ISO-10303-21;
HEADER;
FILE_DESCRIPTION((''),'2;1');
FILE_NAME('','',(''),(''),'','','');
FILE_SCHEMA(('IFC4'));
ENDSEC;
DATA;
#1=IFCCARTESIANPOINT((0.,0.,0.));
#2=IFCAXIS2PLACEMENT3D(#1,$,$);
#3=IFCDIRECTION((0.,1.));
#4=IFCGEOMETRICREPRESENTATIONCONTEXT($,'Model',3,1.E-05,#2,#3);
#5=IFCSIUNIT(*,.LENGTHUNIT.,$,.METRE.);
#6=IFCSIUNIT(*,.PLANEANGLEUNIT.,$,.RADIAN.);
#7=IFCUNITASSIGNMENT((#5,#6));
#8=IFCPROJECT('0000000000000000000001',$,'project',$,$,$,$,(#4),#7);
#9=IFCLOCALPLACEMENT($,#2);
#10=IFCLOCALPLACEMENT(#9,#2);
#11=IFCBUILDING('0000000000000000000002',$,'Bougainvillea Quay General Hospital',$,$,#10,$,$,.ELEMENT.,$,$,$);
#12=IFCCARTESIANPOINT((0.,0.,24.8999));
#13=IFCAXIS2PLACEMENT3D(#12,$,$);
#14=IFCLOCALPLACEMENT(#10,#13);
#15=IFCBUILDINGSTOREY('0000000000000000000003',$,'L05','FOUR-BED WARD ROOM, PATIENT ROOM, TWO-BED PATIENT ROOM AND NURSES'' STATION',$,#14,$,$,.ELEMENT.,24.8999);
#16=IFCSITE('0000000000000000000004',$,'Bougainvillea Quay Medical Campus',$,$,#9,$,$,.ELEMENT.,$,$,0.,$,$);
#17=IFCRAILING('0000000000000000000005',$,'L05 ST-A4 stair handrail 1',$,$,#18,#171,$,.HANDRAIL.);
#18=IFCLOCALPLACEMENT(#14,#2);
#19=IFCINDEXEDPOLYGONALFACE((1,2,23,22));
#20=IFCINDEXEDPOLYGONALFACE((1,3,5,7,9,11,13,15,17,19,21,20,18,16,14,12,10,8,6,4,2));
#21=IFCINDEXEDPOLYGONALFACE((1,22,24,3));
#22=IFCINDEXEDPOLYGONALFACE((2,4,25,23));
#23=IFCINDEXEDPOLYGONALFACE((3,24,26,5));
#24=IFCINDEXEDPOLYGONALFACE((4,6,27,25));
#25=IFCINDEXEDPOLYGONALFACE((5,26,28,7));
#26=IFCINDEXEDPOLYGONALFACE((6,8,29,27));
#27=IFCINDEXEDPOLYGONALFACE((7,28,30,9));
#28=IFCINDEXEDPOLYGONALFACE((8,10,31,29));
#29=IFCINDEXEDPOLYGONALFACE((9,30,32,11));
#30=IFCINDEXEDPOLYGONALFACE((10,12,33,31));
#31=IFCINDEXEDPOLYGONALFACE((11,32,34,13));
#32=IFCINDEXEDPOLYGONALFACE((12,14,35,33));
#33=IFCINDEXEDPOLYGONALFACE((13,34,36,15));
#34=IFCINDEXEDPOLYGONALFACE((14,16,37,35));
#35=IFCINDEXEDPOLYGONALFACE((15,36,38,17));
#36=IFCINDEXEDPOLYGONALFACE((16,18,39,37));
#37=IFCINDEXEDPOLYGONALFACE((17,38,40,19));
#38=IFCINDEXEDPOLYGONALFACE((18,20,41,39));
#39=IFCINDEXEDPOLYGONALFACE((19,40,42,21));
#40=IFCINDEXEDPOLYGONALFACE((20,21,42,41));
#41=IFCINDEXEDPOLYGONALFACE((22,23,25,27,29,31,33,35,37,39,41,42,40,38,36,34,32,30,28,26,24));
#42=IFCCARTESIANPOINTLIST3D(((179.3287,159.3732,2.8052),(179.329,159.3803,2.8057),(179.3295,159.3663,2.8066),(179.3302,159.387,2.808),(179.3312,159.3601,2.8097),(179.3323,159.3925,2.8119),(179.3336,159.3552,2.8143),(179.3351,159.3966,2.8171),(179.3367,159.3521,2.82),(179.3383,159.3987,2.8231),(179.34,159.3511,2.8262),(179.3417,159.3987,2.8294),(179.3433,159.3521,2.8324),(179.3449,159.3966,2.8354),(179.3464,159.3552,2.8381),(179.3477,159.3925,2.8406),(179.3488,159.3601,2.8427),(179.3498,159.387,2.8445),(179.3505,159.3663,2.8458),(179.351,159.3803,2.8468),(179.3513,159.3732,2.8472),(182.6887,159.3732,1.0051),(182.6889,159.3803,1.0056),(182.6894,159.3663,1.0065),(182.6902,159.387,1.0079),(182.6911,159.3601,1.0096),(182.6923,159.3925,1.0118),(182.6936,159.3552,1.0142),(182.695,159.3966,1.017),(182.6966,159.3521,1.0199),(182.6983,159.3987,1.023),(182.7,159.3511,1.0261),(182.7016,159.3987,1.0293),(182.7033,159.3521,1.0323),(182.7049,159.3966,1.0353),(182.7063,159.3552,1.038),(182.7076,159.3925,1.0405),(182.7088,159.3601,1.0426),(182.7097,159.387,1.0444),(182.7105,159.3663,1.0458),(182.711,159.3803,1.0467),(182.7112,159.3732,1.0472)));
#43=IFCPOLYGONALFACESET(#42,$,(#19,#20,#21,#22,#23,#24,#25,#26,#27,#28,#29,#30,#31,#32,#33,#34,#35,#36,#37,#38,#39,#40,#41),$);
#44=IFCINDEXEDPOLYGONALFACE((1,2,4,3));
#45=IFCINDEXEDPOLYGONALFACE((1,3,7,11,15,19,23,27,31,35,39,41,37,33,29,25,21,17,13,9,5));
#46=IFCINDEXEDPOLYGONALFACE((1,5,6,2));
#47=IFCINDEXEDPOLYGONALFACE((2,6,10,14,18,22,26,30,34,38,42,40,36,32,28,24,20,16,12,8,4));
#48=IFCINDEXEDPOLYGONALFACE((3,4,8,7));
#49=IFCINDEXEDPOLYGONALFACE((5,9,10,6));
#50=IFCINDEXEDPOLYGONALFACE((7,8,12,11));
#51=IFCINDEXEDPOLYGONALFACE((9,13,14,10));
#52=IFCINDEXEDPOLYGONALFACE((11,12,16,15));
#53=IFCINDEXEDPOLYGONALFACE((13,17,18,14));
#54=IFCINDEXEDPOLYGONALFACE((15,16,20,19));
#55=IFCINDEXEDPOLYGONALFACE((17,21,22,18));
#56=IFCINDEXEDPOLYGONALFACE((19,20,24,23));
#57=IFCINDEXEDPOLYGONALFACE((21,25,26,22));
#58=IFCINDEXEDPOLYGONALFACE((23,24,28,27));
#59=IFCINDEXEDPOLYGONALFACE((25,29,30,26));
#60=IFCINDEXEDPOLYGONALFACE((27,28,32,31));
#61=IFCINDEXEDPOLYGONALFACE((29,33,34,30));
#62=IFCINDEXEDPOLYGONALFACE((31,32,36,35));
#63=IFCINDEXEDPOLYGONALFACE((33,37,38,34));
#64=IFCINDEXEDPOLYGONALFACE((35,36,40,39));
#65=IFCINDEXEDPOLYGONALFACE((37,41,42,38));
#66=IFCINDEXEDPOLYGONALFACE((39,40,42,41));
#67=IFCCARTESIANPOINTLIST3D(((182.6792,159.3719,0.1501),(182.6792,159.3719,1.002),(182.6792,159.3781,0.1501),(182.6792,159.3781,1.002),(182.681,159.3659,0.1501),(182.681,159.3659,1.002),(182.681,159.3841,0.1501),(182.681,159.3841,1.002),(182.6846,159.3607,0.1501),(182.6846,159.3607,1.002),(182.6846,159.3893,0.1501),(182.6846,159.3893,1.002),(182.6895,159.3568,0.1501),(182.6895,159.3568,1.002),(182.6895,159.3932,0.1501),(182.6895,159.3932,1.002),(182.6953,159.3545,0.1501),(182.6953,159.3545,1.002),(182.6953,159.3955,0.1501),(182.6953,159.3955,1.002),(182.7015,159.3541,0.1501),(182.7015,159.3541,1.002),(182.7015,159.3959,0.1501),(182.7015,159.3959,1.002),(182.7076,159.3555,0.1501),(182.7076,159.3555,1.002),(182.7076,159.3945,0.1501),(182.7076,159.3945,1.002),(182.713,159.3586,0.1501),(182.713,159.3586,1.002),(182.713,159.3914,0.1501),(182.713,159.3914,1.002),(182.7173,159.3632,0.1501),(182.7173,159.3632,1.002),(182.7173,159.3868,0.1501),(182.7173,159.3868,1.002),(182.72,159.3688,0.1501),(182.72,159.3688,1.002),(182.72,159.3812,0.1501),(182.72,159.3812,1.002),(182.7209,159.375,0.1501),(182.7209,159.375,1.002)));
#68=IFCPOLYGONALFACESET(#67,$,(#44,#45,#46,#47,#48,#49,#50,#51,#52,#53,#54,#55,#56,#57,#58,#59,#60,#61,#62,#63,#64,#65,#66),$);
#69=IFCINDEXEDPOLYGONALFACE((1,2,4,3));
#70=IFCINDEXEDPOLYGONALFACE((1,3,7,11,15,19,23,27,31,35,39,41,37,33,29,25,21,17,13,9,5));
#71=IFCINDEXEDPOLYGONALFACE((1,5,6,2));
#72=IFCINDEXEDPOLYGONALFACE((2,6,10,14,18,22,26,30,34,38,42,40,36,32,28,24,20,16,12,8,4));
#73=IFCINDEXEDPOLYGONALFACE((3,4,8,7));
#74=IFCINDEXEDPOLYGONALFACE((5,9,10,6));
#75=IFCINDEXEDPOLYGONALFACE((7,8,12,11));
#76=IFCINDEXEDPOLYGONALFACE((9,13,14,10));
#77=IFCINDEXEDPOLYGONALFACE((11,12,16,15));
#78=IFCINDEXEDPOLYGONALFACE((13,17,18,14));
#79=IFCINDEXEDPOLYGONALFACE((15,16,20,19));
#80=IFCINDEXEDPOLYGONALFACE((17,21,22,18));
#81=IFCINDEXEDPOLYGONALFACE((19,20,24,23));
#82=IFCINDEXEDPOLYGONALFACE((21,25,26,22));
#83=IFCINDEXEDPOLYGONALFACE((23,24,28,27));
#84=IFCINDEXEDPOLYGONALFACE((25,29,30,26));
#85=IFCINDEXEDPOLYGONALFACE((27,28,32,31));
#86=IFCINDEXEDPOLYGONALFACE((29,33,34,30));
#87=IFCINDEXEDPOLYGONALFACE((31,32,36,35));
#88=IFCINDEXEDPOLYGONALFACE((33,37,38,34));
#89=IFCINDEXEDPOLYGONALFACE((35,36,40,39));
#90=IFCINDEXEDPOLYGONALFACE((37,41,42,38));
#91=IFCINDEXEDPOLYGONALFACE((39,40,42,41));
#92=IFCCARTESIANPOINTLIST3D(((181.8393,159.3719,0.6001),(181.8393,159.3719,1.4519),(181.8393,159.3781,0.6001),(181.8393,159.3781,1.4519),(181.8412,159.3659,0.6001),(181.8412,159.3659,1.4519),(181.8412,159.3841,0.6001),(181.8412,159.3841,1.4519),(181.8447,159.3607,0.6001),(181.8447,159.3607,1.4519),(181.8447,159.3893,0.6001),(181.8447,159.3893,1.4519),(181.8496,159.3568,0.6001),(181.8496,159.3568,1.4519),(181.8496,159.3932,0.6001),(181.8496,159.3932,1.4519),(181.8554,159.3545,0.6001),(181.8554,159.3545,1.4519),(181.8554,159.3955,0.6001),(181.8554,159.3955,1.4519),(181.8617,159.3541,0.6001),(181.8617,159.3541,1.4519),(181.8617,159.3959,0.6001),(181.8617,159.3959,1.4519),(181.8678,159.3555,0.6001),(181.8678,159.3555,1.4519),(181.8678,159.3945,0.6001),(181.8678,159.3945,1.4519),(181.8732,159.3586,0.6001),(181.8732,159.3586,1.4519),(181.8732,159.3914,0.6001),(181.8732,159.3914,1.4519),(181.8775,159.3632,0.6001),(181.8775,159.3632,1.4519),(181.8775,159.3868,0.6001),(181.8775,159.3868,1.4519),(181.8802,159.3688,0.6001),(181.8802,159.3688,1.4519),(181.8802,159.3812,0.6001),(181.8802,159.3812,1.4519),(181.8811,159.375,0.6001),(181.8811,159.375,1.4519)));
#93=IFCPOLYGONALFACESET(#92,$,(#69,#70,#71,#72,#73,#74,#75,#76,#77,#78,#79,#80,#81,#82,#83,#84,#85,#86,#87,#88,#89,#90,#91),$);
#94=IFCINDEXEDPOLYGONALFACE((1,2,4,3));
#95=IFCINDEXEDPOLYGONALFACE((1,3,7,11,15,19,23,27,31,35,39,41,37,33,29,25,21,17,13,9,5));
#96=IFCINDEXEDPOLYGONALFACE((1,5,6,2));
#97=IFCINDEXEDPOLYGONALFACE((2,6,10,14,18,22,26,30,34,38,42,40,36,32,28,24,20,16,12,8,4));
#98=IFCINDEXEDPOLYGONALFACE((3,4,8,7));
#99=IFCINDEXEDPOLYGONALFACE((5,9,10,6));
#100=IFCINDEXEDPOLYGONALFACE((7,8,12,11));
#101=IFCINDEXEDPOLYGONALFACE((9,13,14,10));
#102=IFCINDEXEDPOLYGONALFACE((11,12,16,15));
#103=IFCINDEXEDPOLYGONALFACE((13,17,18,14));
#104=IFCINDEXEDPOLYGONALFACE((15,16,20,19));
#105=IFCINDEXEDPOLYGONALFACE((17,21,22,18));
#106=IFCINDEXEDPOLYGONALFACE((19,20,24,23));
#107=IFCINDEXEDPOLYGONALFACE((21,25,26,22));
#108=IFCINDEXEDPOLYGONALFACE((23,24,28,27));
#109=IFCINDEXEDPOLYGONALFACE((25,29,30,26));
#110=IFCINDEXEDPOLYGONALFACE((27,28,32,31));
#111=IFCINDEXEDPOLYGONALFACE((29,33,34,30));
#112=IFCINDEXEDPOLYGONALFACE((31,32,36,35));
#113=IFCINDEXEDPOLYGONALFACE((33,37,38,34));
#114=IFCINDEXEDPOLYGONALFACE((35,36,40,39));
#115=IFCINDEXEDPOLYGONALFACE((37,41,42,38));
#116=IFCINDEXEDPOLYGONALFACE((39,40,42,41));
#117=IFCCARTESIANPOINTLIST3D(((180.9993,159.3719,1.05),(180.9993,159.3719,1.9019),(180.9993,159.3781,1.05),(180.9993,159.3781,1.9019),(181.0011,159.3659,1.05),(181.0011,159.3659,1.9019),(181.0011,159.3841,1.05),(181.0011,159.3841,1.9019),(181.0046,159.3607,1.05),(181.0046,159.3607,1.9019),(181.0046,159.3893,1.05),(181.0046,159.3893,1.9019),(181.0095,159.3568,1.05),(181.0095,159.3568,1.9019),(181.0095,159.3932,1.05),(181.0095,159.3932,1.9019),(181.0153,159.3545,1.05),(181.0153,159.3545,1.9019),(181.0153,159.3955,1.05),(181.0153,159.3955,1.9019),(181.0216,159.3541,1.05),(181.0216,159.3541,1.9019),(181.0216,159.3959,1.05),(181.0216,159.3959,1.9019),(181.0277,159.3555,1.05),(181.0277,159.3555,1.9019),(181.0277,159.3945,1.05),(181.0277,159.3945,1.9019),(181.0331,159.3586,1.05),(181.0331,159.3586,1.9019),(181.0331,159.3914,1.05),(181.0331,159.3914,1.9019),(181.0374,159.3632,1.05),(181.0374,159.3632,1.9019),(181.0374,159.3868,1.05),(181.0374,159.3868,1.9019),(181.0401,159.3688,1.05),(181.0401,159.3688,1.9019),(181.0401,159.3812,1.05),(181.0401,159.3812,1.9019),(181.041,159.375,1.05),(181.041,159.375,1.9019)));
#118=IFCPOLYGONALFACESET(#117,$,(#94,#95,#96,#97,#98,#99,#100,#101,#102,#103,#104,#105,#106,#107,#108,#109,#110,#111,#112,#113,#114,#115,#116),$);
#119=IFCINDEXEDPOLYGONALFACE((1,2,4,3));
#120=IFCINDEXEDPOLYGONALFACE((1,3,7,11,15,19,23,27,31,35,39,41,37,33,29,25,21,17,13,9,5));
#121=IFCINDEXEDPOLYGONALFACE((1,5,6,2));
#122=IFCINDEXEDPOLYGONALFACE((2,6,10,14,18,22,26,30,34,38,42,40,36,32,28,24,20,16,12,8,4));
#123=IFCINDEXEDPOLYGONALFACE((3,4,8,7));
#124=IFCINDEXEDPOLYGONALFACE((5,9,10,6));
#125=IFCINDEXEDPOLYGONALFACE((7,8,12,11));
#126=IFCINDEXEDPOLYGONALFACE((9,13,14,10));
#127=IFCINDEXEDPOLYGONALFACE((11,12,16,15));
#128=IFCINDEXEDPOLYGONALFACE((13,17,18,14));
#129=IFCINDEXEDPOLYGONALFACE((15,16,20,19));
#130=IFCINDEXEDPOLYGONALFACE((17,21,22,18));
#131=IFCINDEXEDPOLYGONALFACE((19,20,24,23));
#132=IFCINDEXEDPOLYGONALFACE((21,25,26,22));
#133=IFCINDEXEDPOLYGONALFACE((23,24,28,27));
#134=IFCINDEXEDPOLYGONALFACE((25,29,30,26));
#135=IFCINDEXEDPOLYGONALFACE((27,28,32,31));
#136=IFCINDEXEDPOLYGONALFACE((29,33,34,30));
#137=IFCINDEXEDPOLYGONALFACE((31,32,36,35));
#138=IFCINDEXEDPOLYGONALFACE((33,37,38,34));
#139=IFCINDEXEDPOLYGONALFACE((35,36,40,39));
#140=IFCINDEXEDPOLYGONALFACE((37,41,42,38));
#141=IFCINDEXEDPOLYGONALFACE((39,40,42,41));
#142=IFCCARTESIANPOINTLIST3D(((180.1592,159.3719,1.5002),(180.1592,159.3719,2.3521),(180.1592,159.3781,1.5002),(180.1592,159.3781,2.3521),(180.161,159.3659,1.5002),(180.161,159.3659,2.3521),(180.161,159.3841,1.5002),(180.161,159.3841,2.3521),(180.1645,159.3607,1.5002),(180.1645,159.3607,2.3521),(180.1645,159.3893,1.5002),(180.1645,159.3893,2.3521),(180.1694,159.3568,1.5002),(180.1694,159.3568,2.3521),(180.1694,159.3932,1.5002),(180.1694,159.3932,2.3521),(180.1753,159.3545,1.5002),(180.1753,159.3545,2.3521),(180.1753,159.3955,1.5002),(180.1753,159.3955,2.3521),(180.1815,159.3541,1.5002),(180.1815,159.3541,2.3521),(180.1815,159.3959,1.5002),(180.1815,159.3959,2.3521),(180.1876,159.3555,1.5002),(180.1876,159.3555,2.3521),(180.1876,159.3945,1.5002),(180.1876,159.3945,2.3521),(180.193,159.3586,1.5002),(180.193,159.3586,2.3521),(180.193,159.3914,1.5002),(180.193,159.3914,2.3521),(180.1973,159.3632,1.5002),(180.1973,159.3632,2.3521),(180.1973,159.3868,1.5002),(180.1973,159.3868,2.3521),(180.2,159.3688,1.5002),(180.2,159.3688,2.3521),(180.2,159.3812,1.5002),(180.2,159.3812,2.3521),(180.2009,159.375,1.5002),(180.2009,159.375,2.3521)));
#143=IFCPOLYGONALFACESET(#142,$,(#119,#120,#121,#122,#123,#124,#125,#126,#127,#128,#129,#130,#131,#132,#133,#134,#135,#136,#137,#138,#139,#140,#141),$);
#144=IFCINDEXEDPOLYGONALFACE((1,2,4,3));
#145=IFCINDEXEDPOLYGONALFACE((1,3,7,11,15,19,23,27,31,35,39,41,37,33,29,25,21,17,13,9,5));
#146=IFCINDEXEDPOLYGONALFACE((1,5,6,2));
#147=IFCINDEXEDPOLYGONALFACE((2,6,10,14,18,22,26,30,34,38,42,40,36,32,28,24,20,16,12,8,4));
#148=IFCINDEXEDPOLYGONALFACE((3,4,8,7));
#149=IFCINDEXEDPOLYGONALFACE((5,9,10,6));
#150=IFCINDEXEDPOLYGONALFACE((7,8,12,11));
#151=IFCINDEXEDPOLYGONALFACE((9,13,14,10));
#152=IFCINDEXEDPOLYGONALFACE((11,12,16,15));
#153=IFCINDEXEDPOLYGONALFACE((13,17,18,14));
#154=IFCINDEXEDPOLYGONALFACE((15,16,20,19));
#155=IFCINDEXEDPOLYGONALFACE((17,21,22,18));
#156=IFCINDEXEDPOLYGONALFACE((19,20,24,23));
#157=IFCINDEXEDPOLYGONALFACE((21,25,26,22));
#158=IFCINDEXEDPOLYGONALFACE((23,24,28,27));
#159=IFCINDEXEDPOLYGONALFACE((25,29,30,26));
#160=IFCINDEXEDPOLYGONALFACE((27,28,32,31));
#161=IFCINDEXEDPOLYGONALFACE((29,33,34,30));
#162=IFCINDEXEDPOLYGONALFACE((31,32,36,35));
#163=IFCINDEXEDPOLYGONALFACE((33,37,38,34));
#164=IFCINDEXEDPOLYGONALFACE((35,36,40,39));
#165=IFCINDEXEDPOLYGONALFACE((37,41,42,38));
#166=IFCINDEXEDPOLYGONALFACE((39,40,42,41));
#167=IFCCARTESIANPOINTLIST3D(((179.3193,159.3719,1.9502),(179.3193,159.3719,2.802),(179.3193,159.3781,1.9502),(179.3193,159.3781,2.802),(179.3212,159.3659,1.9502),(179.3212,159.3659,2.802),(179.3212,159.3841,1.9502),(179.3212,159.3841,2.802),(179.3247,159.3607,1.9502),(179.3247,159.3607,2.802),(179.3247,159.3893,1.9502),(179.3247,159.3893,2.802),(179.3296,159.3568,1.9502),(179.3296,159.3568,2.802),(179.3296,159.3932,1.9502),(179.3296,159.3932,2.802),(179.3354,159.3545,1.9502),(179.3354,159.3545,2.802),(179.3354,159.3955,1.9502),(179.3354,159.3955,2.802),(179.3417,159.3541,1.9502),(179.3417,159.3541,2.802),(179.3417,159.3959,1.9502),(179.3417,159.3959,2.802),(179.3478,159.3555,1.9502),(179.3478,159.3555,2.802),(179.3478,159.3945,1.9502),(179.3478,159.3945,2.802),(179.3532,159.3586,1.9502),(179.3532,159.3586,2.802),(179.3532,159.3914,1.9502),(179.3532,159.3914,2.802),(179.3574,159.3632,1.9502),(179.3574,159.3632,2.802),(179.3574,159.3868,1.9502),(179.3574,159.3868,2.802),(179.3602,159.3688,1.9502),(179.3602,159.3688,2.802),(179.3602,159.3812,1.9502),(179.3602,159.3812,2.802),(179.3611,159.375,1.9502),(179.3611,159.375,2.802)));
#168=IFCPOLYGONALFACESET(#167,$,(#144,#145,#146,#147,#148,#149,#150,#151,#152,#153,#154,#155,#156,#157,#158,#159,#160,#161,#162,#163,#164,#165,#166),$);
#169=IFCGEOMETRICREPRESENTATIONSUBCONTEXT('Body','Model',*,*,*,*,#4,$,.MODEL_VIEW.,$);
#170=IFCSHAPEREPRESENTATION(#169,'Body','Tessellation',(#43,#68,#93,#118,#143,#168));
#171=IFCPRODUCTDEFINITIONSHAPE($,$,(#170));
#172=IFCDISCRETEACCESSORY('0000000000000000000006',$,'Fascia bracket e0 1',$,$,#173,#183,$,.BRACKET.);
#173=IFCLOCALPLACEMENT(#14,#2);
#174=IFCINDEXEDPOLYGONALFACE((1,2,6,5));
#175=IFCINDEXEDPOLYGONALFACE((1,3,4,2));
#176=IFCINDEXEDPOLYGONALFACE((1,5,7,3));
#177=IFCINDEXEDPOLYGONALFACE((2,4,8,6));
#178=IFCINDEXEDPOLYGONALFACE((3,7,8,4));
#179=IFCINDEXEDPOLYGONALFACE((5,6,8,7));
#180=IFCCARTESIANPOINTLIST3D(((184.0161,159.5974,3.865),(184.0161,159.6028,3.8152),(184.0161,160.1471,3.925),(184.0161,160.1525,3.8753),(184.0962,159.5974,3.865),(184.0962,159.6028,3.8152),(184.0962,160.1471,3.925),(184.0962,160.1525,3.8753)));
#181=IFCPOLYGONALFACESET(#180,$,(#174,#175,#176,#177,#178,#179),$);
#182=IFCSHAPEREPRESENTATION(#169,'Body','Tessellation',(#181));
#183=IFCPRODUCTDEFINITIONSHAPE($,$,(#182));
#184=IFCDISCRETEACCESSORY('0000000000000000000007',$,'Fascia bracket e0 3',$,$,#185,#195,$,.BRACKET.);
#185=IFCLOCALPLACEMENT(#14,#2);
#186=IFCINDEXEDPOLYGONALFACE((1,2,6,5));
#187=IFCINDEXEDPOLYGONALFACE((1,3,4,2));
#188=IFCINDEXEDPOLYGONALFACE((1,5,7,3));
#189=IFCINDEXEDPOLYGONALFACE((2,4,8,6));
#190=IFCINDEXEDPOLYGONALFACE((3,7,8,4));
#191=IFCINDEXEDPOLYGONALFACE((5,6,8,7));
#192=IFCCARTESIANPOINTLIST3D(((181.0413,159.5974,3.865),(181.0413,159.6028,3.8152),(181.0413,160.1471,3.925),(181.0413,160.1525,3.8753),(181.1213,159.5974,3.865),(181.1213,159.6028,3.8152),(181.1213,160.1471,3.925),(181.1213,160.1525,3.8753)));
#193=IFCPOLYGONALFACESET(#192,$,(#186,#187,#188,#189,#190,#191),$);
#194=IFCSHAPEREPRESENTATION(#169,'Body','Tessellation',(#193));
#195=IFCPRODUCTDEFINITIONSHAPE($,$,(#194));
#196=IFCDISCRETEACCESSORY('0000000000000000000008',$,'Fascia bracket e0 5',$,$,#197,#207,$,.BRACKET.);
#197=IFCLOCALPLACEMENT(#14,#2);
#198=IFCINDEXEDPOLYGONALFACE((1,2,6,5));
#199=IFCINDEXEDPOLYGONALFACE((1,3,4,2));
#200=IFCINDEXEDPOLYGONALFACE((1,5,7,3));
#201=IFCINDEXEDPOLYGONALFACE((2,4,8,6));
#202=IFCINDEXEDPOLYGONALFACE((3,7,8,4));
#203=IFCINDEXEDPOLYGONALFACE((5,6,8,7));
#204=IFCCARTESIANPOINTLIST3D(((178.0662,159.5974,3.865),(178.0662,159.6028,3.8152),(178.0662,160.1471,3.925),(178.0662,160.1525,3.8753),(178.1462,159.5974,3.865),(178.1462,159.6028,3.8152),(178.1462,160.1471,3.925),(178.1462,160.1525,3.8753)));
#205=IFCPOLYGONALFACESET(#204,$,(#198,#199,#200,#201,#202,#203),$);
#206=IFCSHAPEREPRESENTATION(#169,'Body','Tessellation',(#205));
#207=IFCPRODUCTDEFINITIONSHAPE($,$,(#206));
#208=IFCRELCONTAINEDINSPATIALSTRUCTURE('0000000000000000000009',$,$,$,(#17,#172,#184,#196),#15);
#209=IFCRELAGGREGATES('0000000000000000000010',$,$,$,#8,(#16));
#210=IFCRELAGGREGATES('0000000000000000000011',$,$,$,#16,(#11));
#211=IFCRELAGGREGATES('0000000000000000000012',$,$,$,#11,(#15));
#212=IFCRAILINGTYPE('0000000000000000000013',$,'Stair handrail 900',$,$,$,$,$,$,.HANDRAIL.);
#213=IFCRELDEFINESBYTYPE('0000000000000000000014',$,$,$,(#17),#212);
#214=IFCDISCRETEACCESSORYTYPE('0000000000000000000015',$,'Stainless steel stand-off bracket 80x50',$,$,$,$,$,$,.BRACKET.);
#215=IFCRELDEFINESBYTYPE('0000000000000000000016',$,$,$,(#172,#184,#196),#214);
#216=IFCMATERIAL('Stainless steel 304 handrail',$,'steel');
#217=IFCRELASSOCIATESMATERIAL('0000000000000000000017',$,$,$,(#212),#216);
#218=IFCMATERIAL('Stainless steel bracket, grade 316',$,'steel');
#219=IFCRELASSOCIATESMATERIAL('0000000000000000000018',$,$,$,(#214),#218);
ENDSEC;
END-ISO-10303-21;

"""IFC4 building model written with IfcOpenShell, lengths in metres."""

from ifc_helpers import new_model, si_unit, direction, frame, origin, origin_2d, place, context, subcontext, project, spatial, rectangle, circle, extrude, material, material_profile, profile_set, type_object, element, save


model = new_model("IFC4")

# Units and contexts
model_context = context("Model", 3, precision=1e-05, world=origin(), true_north=direction((0.0, 1.0)))
body_context = subcontext(model_context, "Body", "Model", "MODEL_VIEW")
ifc_project = project(units=[si_unit("LENGTHUNIT", "METRE"), si_unit("PLANEANGLEUNIT", "RADIAN")], contexts=[model_context])

# Site, building, storey
site_placement = place(None, origin())
site = spatial("IfcSite", under=ifc_project, at=site_placement, Name="Bougainvillea Quay Medical Campus", CompositionType="ELEMENT", RefElevation=0.0)
building_placement = place(site_placement, origin())
building = spatial("IfcBuilding", under=site, at=building_placement, Name="Bougainvillea Quay General Hospital", CompositionType="ELEMENT")
storey_placement = place(building_placement, frame((0.0, 0.0, 24.8999)))
storey = spatial("IfcBuildingStorey", under=building, at=storey_placement, Name="L05", Description="FOUR-BED WARD ROOM, PATIENT ROOM, TWO-BED PATIENT ROOM AND NURSES' STATION", CompositionType="ELEMENT", Elevation=24.8999)

# Railing
ifc_material_1 = material(Name="Stainless steel 304 handrail", Category="steel")
railing_type_1 = type_object("IfcRailingType", Name="Stair handrail 900", PredefinedType="HANDRAIL", material=ifc_material_1)
railing_1_placement = place(storey_placement, frame((182.7, 159.375, 0.1501)))
element("IfcRailing", 1, at=railing_1_placement, inside=storey, type_object=railing_type_1, Name="L05 ST-A4 stair handrail 1", PredefinedType="HANDRAIL", context=body_context, shape_type="SweptSolid", body=[
    extrude(circle(Radius=0.0239, at=origin_2d()), frame((0.0, 0.0, 0.876), z_axis=(-0.881467, 0.0, 0.472246), x_axis=(0.0, -1.0, 0.0)), (0.0, 0.0, 1.0), 3.8118),
    extrude(circle(Radius=0.021, at=origin_2d()), origin(), (0.0, 0.0, 1.0), 0.8518),
    extrude(circle(Radius=0.021, at=origin_2d()), frame((-0.8398, 0.0, 0.45)), (0.0, 0.0, 1.0), 0.8518),
    extrude(circle(Radius=0.021, at=origin_2d()), frame((-1.6799, 0.0, 0.8999)), (0.0, 0.0, 1.0), 0.8518),
    extrude(circle(Radius=0.021, at=origin_2d()), frame((-2.52, 0.0, 1.3501)), (0.0, 0.0, 1.0), 0.8518),
    extrude(circle(Radius=0.021, at=origin_2d()), frame((-3.3599, 0.0, 1.8)), (0.0, 0.0, 1.0), 0.8518),
])

# Discrete accessories
ifc_material_2 = material(Name="Stainless steel bracket, grade 316", Category="steel")
ifc_material_profile_1 = material_profile(ifc_material_2, rectangle(XDim=0.0801, YDim=0.05, at=origin_2d()))
ifc_profile_set_1 = profile_set([ifc_material_profile_1], Name="Stainless steel bracket, grade 316")
discrete_accessory_type = type_object("IfcDiscreteAccessoryType", Name="Stainless steel stand-off bracket 80x50", PredefinedType="BRACKET", material=ifc_profile_set_1)
for number, where, z_axis, x_axis, name in (
    (2, (184.0562, 159.6001, 3.8401), (0.0, 0.994087, 0.10859), (-1.0, 0.0, 0.0), "Fascia bracket e0 1"),
    (3, (181.0813, 159.6001, 3.8401), (0.0, 0.994087, 0.10859), (-1.0, 0.0, 0.0), "Fascia bracket e0 3"),
    (4, (178.1062, 159.6001, 3.8401), (0.0, 0.994087, 0.10859), (-1.0, 0.0, 0.0), "Fascia bracket e0 5"),
):
    element("IfcDiscreteAccessory", number, at=place(storey_placement, frame(where, z_axis=z_axis, x_axis=x_axis)), inside=storey, type_object=discrete_accessory_type, Name=name, PredefinedType="BRACKET", context=body_context, shape_type="SweptSolid", body=[
        extrude(rectangle(XDim=0.0801, YDim=0.05, at=origin_2d()), origin(), (0.0, 0.0, 1.0), 0.553),
    ])

save(model, "model.ifc")
